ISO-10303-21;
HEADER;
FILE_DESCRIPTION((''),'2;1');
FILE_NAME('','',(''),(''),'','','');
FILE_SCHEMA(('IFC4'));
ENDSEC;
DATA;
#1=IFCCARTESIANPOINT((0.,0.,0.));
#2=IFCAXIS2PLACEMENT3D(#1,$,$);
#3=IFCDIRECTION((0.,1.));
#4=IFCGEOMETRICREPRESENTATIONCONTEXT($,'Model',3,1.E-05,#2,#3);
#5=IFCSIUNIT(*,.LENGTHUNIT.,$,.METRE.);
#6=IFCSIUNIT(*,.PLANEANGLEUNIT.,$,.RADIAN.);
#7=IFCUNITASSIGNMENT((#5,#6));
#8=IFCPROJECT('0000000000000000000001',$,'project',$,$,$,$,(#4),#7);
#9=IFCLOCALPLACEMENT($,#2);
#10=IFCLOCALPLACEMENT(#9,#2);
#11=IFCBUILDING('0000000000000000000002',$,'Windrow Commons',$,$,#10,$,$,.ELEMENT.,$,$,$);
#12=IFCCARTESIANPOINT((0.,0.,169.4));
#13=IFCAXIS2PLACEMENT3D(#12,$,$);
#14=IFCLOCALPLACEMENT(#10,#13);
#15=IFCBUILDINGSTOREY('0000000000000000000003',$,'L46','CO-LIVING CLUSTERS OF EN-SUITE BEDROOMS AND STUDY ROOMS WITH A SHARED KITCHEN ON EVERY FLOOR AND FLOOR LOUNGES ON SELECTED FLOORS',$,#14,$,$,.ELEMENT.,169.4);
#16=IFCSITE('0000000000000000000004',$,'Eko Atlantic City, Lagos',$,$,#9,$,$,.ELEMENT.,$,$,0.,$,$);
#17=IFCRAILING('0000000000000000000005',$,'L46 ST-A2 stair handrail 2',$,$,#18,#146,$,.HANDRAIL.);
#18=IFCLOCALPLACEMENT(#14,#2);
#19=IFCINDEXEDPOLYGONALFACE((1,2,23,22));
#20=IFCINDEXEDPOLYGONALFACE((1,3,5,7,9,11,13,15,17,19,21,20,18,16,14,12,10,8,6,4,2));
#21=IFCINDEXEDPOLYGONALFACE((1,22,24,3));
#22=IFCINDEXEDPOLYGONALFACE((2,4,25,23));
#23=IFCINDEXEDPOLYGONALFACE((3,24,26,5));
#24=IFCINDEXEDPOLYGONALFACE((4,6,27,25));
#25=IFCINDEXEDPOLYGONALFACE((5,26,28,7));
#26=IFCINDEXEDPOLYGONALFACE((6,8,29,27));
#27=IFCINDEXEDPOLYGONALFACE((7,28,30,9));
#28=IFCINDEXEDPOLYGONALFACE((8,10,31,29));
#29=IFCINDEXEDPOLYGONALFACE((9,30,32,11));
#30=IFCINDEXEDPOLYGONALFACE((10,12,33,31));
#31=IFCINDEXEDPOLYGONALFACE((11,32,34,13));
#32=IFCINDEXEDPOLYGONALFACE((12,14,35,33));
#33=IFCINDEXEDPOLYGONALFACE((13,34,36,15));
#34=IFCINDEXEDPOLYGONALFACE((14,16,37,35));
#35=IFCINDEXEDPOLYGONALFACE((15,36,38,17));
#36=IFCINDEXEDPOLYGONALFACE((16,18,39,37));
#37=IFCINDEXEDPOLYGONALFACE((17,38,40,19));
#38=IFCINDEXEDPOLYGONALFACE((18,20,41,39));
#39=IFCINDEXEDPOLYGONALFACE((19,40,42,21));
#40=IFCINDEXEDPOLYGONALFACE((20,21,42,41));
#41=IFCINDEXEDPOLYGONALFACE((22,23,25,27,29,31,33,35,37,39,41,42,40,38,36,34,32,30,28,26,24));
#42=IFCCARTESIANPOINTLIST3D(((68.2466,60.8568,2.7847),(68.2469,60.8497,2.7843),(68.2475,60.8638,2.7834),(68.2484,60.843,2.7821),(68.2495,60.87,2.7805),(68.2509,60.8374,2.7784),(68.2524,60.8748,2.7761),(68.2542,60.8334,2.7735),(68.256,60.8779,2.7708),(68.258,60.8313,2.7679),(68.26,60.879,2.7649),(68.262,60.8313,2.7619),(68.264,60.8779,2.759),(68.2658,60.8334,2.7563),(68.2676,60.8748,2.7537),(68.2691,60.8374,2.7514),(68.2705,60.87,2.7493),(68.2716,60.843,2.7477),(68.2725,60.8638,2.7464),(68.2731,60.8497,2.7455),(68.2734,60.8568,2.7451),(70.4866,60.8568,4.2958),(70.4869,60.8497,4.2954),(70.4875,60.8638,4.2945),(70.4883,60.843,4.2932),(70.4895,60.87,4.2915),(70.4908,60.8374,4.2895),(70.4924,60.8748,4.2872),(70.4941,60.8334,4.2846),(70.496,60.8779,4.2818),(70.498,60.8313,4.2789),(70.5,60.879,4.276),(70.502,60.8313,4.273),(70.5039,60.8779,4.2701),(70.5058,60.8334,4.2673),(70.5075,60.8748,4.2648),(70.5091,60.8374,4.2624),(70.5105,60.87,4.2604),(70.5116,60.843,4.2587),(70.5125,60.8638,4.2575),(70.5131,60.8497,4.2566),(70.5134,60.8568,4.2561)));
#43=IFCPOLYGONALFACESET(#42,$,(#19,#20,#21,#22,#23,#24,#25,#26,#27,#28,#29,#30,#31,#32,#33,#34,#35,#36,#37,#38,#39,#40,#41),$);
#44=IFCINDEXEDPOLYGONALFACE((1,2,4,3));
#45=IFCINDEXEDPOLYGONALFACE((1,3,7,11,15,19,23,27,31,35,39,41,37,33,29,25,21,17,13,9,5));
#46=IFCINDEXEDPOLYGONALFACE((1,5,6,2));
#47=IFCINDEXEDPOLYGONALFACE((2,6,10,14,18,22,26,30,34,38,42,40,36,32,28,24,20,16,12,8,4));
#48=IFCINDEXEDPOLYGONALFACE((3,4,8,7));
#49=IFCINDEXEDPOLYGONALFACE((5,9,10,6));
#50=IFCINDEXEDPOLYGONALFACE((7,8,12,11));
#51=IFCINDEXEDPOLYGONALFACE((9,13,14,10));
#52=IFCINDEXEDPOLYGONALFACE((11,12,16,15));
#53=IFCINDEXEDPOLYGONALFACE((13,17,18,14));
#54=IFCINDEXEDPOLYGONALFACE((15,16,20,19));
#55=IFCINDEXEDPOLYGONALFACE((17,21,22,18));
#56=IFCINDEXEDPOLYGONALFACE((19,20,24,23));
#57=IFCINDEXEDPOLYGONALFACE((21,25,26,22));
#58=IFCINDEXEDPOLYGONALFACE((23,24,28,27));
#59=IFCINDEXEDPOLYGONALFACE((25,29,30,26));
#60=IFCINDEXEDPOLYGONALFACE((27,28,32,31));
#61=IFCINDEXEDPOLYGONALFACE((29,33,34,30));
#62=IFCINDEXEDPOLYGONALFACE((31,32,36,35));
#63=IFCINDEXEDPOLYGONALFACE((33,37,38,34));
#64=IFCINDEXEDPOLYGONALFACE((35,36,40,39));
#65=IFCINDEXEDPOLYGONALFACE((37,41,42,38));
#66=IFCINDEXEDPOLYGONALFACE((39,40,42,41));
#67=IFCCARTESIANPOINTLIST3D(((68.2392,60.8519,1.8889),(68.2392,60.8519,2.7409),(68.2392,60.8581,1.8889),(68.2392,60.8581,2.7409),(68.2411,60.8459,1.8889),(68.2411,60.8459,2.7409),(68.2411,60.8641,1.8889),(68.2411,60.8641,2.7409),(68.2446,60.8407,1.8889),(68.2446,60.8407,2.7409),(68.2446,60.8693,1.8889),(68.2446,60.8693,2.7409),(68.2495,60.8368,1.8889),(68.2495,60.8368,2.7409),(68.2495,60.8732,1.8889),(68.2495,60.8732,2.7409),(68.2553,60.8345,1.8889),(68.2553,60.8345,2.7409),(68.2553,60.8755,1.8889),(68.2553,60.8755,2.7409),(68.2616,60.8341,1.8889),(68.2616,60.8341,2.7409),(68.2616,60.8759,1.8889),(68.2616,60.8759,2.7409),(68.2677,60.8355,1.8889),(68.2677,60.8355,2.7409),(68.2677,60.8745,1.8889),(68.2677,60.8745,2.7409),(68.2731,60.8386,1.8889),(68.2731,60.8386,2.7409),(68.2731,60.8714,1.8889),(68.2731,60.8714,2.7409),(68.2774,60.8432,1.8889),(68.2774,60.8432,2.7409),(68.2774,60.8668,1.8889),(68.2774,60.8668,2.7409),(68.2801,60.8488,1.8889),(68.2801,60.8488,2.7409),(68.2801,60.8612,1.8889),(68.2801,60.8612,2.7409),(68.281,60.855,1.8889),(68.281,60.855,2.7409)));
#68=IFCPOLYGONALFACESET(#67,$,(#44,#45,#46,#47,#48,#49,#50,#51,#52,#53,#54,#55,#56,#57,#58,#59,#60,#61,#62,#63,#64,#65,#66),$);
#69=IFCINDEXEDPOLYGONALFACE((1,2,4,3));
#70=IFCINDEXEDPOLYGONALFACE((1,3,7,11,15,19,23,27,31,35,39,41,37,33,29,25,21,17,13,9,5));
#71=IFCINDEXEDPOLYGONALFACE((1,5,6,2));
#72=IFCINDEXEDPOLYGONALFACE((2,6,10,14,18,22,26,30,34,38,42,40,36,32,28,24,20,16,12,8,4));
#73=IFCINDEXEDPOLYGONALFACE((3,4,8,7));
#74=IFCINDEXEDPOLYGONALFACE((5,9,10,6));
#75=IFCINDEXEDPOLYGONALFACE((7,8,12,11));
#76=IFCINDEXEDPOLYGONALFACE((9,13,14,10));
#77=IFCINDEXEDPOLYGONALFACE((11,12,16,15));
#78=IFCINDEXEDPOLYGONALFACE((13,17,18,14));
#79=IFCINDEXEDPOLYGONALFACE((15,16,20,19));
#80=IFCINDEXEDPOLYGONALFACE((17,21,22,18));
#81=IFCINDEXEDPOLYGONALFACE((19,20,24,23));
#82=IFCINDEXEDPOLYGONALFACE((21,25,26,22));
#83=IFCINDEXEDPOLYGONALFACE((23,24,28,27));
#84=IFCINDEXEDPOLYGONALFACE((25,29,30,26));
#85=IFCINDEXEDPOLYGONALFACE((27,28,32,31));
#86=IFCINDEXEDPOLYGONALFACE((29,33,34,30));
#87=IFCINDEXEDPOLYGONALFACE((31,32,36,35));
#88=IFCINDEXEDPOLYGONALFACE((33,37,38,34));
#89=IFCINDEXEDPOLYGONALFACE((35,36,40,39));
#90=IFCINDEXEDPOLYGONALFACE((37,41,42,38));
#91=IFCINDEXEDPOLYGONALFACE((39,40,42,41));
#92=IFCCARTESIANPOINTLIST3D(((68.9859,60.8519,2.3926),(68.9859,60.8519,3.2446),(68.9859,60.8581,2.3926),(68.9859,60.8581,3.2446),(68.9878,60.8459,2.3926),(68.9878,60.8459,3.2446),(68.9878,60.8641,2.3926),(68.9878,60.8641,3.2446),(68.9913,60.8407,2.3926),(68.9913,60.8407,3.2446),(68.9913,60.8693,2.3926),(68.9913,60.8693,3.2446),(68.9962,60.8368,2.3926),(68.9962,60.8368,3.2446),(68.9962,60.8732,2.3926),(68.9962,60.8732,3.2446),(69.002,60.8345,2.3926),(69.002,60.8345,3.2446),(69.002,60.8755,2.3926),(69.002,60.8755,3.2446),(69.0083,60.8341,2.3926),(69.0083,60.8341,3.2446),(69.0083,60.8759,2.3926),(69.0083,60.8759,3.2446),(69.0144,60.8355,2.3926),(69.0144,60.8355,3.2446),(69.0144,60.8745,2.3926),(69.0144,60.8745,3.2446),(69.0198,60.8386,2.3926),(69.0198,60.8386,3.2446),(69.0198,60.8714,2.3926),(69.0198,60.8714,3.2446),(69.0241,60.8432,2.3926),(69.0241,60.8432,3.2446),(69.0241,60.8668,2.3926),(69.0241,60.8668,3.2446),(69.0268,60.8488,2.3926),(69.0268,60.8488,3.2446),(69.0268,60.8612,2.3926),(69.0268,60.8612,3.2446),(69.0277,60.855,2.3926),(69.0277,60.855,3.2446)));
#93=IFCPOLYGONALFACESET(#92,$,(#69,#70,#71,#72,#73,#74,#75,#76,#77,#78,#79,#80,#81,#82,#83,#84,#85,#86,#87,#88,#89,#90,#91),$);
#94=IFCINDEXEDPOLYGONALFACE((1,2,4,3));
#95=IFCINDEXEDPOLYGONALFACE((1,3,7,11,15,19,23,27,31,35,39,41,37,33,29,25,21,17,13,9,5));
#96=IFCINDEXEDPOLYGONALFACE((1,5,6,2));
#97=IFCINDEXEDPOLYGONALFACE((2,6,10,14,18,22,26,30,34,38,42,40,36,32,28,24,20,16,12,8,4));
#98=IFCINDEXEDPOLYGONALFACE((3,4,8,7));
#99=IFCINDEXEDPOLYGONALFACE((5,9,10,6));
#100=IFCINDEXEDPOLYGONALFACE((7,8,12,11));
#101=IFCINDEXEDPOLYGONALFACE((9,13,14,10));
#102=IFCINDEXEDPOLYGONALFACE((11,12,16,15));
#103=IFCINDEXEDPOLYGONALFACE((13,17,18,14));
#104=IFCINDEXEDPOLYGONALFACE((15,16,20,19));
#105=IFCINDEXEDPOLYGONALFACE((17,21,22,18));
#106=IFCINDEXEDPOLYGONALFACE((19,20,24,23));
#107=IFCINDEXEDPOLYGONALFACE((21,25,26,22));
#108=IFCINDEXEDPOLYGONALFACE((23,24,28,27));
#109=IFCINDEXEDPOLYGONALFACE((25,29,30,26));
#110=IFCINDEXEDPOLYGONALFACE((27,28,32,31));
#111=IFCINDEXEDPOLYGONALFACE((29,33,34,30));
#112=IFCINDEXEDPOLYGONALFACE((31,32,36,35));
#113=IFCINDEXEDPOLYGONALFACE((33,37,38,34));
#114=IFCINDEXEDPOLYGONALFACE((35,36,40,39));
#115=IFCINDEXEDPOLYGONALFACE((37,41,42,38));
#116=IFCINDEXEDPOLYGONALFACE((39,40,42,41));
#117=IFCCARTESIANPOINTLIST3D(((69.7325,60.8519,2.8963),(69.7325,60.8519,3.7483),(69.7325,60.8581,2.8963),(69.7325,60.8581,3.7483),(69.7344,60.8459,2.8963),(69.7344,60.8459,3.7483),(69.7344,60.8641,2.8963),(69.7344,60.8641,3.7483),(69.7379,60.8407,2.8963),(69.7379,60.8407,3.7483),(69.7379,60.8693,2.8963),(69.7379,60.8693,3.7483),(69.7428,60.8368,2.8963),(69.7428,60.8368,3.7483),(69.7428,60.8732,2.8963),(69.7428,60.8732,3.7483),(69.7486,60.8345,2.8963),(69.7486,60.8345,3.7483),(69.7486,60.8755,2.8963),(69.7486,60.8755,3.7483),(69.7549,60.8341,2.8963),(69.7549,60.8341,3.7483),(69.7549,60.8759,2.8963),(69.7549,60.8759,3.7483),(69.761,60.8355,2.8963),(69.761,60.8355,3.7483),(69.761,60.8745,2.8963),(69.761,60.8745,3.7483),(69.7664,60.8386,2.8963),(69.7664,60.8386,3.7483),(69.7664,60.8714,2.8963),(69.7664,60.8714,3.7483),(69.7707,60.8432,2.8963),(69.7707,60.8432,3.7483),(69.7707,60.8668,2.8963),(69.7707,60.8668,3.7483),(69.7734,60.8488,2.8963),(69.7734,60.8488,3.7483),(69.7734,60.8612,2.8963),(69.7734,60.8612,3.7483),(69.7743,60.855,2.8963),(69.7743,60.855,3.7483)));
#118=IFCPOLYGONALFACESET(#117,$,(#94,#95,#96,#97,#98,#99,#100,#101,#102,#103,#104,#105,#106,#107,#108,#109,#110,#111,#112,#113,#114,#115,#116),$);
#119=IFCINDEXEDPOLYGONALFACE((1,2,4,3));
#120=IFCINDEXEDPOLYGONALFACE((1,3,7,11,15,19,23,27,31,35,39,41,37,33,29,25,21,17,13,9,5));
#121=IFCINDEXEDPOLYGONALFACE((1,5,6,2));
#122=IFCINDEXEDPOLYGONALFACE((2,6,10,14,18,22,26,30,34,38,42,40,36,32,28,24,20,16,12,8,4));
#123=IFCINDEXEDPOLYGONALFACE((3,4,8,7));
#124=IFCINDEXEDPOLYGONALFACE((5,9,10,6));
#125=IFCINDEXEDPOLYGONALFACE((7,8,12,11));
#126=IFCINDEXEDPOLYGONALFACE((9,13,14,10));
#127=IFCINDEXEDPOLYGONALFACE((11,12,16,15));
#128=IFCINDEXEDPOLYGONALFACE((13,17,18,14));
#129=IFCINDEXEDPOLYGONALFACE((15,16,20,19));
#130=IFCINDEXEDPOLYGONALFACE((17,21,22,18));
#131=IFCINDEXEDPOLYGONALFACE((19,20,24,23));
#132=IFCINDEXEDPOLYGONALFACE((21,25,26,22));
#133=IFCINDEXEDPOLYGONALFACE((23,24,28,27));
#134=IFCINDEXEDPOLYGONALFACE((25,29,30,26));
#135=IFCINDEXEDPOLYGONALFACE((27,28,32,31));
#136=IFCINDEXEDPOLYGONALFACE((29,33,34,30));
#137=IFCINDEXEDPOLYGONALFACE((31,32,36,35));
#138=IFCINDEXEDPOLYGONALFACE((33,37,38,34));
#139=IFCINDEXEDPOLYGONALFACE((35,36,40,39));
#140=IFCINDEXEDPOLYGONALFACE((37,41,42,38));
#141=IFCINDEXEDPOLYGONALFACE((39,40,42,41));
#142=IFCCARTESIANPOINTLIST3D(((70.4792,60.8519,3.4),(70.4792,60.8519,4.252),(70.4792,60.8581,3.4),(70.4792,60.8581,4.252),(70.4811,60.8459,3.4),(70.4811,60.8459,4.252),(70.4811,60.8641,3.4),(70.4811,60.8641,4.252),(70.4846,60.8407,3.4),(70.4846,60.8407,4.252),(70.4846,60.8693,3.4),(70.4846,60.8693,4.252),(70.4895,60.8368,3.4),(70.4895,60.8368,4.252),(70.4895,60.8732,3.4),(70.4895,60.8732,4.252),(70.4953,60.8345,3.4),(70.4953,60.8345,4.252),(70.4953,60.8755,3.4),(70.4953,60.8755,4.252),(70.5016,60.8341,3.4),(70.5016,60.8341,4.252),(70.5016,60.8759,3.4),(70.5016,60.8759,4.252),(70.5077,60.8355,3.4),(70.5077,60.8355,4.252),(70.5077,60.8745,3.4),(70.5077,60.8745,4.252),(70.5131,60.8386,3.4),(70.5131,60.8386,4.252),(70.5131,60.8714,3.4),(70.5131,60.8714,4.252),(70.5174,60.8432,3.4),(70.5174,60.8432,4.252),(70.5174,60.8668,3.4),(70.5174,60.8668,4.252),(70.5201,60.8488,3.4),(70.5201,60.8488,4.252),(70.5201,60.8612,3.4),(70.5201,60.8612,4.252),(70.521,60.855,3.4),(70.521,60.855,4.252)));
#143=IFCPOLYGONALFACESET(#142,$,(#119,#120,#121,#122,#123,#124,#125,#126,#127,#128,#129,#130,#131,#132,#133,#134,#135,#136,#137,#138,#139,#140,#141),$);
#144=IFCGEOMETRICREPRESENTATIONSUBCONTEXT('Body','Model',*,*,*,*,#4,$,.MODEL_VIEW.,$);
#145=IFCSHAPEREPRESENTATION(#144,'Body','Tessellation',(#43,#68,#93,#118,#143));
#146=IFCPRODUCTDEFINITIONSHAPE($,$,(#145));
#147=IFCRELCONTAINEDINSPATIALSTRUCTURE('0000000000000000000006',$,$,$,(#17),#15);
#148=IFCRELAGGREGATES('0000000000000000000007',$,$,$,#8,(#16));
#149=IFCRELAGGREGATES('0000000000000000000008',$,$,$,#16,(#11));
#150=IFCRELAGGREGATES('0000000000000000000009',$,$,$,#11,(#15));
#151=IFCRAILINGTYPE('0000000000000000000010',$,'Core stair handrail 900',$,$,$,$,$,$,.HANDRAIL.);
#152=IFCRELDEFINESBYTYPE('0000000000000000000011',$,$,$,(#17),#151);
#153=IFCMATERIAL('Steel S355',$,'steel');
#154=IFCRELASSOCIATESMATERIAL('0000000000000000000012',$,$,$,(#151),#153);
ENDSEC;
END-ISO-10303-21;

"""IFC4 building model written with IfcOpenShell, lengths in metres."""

from ifc_helpers import new_model, si_unit, direction, frame, origin, origin_2d, place, context, subcontext, project, spatial, circle, extrude, material, type_object, element, save


model = new_model("IFC4")

# Units and contexts
model_context = context("Model", 3, precision=1e-05, world=origin(), true_north=direction((0.0, 1.0)))
body_context = subcontext(model_context, "Body", "Model", "MODEL_VIEW")
ifc_project = project(units=[si_unit("LENGTHUNIT", "METRE"), si_unit("PLANEANGLEUNIT", "RADIAN")], contexts=[model_context])

# Site, building, storey
site_placement = place(None, origin())
site = spatial("IfcSite", under=ifc_project, at=site_placement, Name="Eko Atlantic City, Lagos", CompositionType="ELEMENT", RefElevation=0.0)
building_placement = place(site_placement, origin())
building = spatial("IfcBuilding", under=site, at=building_placement, Name="Windrow Commons", CompositionType="ELEMENT")
storey_placement = place(building_placement, frame((0.0, 0.0, 169.4)))
storey = spatial("IfcBuildingStorey", under=building, at=storey_placement, Name="L46", Description="CO-LIVING CLUSTERS OF EN-SUITE BEDROOMS AND STUDY ROOMS WITH A SHARED KITCHEN ON EVERY FLOOR AND FLOOR LOUNGES ON SELECTED FLOORS", CompositionType="ELEMENT", Elevation=169.4)

# Railing
ifc_material_1 = material(Name="Steel S355", Category="steel")
railing_type_1 = type_object("IfcRailingType", Name="Core stair handrail 900", PredefinedType="HANDRAIL", material=ifc_material_1)
railing_1_placement = place(storey_placement, frame((68.26, 60.855, 1.8889)))
element("IfcRailing", 1, at=railing_1_placement, inside=storey, type_object=railing_type_1, Name="L46 ST-A2 stair handrail 2", PredefinedType="HANDRAIL", context=body_context, shape_type="SweptSolid", body=[
    extrude(circle(Radius=0.024, at=origin_2d()), frame((0.0, 0.0, 0.876), z_axis=(0.829003, 0.0, 0.559244), x_axis=(0.0, 1.0, 0.0)), (0.0, 0.0, 1.0), 2.702),
    extrude(circle(Radius=0.021, at=origin_2d()), origin(), (0.0, 0.0, 1.0), 0.852),
    extrude(circle(Radius=0.021, at=origin_2d()), frame((0.7467, 0.0, 0.5037)), (0.0, 0.0, 1.0), 0.852),
    extrude(circle(Radius=0.021, at=origin_2d()), frame((1.4933, 0.0, 1.0074)), (0.0, 0.0, 1.0), 0.852),
    extrude(circle(Radius=0.021, at=origin_2d()), frame((2.24, 0.0, 1.5111)), (0.0, 0.0, 1.0), 0.852),
])

save(model, "model.ifc")
